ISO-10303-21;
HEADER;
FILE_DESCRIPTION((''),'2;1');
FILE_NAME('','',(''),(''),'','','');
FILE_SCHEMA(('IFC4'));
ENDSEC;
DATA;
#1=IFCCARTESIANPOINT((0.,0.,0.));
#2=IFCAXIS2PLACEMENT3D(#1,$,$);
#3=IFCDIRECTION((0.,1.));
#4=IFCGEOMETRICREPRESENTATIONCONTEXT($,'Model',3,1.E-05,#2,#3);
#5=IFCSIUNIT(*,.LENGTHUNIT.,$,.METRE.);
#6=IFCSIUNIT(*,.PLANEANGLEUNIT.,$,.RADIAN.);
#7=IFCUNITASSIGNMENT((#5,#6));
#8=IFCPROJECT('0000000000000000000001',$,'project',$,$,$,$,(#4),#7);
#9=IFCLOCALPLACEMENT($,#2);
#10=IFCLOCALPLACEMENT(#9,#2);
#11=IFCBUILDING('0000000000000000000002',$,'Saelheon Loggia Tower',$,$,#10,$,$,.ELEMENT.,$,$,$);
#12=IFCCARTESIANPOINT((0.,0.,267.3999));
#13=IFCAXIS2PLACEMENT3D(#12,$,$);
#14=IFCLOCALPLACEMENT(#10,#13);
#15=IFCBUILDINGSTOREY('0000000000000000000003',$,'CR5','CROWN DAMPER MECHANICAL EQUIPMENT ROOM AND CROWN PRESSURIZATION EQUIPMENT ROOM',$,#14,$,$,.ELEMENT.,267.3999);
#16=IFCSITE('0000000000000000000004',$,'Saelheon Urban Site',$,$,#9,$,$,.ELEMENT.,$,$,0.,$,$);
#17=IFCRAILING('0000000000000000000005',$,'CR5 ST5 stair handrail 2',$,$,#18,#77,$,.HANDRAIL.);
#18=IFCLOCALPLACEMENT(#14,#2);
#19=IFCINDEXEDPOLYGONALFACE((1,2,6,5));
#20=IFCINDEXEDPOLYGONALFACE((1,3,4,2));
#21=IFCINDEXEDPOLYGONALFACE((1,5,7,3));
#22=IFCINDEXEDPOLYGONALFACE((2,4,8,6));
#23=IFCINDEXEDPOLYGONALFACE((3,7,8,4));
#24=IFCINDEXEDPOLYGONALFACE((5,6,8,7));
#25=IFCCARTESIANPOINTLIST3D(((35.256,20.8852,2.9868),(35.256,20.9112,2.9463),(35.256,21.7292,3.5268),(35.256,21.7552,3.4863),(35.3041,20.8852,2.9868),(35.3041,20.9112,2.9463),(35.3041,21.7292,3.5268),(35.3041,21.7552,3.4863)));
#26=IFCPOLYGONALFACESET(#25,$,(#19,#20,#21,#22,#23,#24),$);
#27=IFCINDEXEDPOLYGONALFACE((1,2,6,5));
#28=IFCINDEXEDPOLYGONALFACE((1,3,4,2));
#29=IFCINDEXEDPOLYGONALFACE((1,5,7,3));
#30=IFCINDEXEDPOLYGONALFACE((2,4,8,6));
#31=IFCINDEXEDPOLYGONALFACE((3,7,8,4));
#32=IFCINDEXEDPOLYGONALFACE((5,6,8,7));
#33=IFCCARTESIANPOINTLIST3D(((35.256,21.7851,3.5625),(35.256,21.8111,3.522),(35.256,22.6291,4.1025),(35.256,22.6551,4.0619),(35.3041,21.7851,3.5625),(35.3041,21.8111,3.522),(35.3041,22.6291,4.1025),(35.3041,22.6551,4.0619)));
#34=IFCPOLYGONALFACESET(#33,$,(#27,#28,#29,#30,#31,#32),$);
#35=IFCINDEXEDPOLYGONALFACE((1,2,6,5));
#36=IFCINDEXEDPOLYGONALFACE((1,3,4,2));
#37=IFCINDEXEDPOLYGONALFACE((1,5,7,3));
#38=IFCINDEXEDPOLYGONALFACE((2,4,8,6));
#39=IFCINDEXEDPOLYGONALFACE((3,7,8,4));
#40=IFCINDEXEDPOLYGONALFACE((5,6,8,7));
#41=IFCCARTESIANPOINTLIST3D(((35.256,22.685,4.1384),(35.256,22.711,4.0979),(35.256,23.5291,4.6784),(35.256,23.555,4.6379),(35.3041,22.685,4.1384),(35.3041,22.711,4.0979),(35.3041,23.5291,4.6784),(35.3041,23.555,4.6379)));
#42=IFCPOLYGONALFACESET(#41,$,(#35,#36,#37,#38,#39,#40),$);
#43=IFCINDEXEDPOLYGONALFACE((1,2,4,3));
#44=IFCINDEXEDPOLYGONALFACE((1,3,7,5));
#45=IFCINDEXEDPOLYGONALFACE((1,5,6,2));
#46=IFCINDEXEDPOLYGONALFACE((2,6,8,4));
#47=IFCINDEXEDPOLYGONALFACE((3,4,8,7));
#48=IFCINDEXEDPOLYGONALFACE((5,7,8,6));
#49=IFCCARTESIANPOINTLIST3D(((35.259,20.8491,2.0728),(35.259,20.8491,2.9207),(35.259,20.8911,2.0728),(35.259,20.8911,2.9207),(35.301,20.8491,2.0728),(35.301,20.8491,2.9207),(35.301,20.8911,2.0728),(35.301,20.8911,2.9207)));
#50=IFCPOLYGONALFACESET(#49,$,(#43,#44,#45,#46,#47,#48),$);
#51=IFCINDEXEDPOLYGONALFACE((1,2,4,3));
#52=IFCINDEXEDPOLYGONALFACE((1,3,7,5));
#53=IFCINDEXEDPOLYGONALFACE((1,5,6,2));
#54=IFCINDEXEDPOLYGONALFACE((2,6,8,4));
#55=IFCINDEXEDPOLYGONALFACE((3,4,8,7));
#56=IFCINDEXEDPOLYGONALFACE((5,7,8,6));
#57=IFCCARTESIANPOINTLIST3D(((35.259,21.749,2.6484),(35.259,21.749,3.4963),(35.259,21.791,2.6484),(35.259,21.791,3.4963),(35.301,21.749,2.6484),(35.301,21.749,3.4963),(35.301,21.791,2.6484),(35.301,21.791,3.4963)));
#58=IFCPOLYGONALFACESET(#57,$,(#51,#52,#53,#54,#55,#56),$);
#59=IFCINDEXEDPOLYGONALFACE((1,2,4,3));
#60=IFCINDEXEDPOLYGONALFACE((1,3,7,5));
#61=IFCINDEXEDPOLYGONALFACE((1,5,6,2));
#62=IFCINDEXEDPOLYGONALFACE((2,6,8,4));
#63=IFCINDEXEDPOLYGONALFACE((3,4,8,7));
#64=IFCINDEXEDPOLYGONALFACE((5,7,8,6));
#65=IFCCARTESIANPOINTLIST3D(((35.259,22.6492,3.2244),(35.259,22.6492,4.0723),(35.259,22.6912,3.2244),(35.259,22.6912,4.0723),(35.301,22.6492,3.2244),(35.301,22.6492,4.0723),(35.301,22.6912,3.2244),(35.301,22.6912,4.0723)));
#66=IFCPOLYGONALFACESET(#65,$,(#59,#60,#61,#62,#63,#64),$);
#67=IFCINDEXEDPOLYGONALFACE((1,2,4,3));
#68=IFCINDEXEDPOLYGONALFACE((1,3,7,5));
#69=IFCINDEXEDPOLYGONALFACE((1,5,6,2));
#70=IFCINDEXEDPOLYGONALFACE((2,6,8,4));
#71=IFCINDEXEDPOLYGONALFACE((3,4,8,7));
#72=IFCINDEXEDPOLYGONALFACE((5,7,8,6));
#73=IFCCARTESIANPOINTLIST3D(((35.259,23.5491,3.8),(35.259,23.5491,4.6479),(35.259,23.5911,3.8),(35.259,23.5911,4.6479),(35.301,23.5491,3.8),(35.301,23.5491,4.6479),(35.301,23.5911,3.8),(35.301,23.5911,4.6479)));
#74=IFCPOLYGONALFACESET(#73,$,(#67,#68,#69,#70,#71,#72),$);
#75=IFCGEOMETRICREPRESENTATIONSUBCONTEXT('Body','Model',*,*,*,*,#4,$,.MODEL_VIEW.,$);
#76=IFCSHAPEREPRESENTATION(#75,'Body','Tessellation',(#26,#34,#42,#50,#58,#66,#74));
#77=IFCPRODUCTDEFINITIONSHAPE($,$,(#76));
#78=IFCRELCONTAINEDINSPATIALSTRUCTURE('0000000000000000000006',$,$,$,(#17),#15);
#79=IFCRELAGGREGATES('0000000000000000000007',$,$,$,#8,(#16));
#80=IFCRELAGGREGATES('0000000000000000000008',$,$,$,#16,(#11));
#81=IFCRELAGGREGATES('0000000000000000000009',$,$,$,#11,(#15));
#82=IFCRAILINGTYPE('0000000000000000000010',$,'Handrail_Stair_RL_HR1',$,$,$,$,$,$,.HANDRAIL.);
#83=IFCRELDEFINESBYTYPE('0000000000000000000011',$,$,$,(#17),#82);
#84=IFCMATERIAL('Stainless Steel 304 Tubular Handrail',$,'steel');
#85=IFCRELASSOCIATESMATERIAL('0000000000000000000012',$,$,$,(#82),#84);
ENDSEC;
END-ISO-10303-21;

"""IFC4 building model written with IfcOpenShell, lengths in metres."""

from ifc_helpers import new_model, si_unit, direction, frame, origin, origin_2d, place, context, subcontext, project, spatial, rectangle, extrude, material, type_object, element, save


model = new_model("IFC4")

# Units and contexts
model_context = context("Model", 3, precision=1e-05, world=origin(), true_north=direction((0.0, 1.0)))
body_context = subcontext(model_context, "Body", "Model", "MODEL_VIEW")
ifc_project = project(units=[si_unit("LENGTHUNIT", "METRE"), si_unit("PLANEANGLEUNIT", "RADIAN")], contexts=[model_context])

# Site, building, storey
site_placement = place(None, origin())
site = spatial("IfcSite", under=ifc_project, at=site_placement, Name="Saelheon Urban Site", CompositionType="ELEMENT", RefElevation=0.0)
building_placement = place(site_placement, origin())
building = spatial("IfcBuilding", under=site, at=building_placement, Name="Saelheon Loggia Tower", CompositionType="ELEMENT")
storey_placement = place(building_placement, frame((0.0, 0.0, 267.3999)))
storey = spatial("IfcBuildingStorey", under=building, at=storey_placement, Name="CR5", Description="CROWN DAMPER MECHANICAL EQUIPMENT ROOM AND CROWN PRESSURIZATION EQUIPMENT ROOM", CompositionType="ELEMENT", Elevation=267.3999)

# Railing
ifc_material_1 = material(Name="Stainless Steel 304 Tubular Handrail", Category="steel")
railing_type_1 = type_object("IfcRailingType", Name="Handrail_Stair_RL_HR1", PredefinedType="HANDRAIL", material=ifc_material_1)
railing_1_placement = place(storey_placement, frame((35.28, 20.8701, 2.0728)))
element("IfcRailing", 1, at=railing_1_placement, inside=storey, type_object=railing_type_1, Name="CR5 ST5 stair handrail 2", PredefinedType="HANDRAIL", context=body_context, shape_type="SweptSolid", body=[
    extrude(rectangle(XDim=0.0481, YDim=0.0481, at=origin_2d()), frame((0.0, 0.0281, 0.8938), z_axis=(0.0, 0.842367, 0.538905), x_axis=(-1.0, 0.0, 0.0)), (0.0, 0.0, 1.0), 1.002),
    extrude(rectangle(XDim=0.0481, YDim=0.0481, at=origin_2d()), frame((0.0, 0.928, 1.4695), z_axis=(0.0, 0.842367, 0.538905), x_axis=(-1.0, 0.0, 0.0)), (0.0, 0.0, 1.0), 1.002),
    extrude(rectangle(XDim=0.0481, YDim=0.0481, at=origin_2d()), frame((0.0, 1.8279, 2.0454), z_axis=(0.0, 0.842367, 0.538905), x_axis=(-1.0, 0.0, 0.0)), (0.0, 0.0, 1.0), 1.002),
    extrude(rectangle(XDim=0.042, YDim=0.042, at=origin_2d()), origin(), (0.0, 0.0, 1.0), 0.8479),
    extrude(rectangle(XDim=0.042, YDim=0.042, at=origin_2d()), frame((0.0, 0.8999, 0.5757)), (0.0, 0.0, 1.0), 0.8479),
    extrude(rectangle(XDim=0.042, YDim=0.042, at=origin_2d()), frame((0.0, 1.8, 1.1516)), (0.0, 0.0, 1.0), 0.8479),
    extrude(rectangle(XDim=0.042, YDim=0.042, at=origin_2d()), frame((0.0, 2.7, 1.7273)), (0.0, 0.0, 1.0), 0.8479),
])

save(model, "model.ifc")
